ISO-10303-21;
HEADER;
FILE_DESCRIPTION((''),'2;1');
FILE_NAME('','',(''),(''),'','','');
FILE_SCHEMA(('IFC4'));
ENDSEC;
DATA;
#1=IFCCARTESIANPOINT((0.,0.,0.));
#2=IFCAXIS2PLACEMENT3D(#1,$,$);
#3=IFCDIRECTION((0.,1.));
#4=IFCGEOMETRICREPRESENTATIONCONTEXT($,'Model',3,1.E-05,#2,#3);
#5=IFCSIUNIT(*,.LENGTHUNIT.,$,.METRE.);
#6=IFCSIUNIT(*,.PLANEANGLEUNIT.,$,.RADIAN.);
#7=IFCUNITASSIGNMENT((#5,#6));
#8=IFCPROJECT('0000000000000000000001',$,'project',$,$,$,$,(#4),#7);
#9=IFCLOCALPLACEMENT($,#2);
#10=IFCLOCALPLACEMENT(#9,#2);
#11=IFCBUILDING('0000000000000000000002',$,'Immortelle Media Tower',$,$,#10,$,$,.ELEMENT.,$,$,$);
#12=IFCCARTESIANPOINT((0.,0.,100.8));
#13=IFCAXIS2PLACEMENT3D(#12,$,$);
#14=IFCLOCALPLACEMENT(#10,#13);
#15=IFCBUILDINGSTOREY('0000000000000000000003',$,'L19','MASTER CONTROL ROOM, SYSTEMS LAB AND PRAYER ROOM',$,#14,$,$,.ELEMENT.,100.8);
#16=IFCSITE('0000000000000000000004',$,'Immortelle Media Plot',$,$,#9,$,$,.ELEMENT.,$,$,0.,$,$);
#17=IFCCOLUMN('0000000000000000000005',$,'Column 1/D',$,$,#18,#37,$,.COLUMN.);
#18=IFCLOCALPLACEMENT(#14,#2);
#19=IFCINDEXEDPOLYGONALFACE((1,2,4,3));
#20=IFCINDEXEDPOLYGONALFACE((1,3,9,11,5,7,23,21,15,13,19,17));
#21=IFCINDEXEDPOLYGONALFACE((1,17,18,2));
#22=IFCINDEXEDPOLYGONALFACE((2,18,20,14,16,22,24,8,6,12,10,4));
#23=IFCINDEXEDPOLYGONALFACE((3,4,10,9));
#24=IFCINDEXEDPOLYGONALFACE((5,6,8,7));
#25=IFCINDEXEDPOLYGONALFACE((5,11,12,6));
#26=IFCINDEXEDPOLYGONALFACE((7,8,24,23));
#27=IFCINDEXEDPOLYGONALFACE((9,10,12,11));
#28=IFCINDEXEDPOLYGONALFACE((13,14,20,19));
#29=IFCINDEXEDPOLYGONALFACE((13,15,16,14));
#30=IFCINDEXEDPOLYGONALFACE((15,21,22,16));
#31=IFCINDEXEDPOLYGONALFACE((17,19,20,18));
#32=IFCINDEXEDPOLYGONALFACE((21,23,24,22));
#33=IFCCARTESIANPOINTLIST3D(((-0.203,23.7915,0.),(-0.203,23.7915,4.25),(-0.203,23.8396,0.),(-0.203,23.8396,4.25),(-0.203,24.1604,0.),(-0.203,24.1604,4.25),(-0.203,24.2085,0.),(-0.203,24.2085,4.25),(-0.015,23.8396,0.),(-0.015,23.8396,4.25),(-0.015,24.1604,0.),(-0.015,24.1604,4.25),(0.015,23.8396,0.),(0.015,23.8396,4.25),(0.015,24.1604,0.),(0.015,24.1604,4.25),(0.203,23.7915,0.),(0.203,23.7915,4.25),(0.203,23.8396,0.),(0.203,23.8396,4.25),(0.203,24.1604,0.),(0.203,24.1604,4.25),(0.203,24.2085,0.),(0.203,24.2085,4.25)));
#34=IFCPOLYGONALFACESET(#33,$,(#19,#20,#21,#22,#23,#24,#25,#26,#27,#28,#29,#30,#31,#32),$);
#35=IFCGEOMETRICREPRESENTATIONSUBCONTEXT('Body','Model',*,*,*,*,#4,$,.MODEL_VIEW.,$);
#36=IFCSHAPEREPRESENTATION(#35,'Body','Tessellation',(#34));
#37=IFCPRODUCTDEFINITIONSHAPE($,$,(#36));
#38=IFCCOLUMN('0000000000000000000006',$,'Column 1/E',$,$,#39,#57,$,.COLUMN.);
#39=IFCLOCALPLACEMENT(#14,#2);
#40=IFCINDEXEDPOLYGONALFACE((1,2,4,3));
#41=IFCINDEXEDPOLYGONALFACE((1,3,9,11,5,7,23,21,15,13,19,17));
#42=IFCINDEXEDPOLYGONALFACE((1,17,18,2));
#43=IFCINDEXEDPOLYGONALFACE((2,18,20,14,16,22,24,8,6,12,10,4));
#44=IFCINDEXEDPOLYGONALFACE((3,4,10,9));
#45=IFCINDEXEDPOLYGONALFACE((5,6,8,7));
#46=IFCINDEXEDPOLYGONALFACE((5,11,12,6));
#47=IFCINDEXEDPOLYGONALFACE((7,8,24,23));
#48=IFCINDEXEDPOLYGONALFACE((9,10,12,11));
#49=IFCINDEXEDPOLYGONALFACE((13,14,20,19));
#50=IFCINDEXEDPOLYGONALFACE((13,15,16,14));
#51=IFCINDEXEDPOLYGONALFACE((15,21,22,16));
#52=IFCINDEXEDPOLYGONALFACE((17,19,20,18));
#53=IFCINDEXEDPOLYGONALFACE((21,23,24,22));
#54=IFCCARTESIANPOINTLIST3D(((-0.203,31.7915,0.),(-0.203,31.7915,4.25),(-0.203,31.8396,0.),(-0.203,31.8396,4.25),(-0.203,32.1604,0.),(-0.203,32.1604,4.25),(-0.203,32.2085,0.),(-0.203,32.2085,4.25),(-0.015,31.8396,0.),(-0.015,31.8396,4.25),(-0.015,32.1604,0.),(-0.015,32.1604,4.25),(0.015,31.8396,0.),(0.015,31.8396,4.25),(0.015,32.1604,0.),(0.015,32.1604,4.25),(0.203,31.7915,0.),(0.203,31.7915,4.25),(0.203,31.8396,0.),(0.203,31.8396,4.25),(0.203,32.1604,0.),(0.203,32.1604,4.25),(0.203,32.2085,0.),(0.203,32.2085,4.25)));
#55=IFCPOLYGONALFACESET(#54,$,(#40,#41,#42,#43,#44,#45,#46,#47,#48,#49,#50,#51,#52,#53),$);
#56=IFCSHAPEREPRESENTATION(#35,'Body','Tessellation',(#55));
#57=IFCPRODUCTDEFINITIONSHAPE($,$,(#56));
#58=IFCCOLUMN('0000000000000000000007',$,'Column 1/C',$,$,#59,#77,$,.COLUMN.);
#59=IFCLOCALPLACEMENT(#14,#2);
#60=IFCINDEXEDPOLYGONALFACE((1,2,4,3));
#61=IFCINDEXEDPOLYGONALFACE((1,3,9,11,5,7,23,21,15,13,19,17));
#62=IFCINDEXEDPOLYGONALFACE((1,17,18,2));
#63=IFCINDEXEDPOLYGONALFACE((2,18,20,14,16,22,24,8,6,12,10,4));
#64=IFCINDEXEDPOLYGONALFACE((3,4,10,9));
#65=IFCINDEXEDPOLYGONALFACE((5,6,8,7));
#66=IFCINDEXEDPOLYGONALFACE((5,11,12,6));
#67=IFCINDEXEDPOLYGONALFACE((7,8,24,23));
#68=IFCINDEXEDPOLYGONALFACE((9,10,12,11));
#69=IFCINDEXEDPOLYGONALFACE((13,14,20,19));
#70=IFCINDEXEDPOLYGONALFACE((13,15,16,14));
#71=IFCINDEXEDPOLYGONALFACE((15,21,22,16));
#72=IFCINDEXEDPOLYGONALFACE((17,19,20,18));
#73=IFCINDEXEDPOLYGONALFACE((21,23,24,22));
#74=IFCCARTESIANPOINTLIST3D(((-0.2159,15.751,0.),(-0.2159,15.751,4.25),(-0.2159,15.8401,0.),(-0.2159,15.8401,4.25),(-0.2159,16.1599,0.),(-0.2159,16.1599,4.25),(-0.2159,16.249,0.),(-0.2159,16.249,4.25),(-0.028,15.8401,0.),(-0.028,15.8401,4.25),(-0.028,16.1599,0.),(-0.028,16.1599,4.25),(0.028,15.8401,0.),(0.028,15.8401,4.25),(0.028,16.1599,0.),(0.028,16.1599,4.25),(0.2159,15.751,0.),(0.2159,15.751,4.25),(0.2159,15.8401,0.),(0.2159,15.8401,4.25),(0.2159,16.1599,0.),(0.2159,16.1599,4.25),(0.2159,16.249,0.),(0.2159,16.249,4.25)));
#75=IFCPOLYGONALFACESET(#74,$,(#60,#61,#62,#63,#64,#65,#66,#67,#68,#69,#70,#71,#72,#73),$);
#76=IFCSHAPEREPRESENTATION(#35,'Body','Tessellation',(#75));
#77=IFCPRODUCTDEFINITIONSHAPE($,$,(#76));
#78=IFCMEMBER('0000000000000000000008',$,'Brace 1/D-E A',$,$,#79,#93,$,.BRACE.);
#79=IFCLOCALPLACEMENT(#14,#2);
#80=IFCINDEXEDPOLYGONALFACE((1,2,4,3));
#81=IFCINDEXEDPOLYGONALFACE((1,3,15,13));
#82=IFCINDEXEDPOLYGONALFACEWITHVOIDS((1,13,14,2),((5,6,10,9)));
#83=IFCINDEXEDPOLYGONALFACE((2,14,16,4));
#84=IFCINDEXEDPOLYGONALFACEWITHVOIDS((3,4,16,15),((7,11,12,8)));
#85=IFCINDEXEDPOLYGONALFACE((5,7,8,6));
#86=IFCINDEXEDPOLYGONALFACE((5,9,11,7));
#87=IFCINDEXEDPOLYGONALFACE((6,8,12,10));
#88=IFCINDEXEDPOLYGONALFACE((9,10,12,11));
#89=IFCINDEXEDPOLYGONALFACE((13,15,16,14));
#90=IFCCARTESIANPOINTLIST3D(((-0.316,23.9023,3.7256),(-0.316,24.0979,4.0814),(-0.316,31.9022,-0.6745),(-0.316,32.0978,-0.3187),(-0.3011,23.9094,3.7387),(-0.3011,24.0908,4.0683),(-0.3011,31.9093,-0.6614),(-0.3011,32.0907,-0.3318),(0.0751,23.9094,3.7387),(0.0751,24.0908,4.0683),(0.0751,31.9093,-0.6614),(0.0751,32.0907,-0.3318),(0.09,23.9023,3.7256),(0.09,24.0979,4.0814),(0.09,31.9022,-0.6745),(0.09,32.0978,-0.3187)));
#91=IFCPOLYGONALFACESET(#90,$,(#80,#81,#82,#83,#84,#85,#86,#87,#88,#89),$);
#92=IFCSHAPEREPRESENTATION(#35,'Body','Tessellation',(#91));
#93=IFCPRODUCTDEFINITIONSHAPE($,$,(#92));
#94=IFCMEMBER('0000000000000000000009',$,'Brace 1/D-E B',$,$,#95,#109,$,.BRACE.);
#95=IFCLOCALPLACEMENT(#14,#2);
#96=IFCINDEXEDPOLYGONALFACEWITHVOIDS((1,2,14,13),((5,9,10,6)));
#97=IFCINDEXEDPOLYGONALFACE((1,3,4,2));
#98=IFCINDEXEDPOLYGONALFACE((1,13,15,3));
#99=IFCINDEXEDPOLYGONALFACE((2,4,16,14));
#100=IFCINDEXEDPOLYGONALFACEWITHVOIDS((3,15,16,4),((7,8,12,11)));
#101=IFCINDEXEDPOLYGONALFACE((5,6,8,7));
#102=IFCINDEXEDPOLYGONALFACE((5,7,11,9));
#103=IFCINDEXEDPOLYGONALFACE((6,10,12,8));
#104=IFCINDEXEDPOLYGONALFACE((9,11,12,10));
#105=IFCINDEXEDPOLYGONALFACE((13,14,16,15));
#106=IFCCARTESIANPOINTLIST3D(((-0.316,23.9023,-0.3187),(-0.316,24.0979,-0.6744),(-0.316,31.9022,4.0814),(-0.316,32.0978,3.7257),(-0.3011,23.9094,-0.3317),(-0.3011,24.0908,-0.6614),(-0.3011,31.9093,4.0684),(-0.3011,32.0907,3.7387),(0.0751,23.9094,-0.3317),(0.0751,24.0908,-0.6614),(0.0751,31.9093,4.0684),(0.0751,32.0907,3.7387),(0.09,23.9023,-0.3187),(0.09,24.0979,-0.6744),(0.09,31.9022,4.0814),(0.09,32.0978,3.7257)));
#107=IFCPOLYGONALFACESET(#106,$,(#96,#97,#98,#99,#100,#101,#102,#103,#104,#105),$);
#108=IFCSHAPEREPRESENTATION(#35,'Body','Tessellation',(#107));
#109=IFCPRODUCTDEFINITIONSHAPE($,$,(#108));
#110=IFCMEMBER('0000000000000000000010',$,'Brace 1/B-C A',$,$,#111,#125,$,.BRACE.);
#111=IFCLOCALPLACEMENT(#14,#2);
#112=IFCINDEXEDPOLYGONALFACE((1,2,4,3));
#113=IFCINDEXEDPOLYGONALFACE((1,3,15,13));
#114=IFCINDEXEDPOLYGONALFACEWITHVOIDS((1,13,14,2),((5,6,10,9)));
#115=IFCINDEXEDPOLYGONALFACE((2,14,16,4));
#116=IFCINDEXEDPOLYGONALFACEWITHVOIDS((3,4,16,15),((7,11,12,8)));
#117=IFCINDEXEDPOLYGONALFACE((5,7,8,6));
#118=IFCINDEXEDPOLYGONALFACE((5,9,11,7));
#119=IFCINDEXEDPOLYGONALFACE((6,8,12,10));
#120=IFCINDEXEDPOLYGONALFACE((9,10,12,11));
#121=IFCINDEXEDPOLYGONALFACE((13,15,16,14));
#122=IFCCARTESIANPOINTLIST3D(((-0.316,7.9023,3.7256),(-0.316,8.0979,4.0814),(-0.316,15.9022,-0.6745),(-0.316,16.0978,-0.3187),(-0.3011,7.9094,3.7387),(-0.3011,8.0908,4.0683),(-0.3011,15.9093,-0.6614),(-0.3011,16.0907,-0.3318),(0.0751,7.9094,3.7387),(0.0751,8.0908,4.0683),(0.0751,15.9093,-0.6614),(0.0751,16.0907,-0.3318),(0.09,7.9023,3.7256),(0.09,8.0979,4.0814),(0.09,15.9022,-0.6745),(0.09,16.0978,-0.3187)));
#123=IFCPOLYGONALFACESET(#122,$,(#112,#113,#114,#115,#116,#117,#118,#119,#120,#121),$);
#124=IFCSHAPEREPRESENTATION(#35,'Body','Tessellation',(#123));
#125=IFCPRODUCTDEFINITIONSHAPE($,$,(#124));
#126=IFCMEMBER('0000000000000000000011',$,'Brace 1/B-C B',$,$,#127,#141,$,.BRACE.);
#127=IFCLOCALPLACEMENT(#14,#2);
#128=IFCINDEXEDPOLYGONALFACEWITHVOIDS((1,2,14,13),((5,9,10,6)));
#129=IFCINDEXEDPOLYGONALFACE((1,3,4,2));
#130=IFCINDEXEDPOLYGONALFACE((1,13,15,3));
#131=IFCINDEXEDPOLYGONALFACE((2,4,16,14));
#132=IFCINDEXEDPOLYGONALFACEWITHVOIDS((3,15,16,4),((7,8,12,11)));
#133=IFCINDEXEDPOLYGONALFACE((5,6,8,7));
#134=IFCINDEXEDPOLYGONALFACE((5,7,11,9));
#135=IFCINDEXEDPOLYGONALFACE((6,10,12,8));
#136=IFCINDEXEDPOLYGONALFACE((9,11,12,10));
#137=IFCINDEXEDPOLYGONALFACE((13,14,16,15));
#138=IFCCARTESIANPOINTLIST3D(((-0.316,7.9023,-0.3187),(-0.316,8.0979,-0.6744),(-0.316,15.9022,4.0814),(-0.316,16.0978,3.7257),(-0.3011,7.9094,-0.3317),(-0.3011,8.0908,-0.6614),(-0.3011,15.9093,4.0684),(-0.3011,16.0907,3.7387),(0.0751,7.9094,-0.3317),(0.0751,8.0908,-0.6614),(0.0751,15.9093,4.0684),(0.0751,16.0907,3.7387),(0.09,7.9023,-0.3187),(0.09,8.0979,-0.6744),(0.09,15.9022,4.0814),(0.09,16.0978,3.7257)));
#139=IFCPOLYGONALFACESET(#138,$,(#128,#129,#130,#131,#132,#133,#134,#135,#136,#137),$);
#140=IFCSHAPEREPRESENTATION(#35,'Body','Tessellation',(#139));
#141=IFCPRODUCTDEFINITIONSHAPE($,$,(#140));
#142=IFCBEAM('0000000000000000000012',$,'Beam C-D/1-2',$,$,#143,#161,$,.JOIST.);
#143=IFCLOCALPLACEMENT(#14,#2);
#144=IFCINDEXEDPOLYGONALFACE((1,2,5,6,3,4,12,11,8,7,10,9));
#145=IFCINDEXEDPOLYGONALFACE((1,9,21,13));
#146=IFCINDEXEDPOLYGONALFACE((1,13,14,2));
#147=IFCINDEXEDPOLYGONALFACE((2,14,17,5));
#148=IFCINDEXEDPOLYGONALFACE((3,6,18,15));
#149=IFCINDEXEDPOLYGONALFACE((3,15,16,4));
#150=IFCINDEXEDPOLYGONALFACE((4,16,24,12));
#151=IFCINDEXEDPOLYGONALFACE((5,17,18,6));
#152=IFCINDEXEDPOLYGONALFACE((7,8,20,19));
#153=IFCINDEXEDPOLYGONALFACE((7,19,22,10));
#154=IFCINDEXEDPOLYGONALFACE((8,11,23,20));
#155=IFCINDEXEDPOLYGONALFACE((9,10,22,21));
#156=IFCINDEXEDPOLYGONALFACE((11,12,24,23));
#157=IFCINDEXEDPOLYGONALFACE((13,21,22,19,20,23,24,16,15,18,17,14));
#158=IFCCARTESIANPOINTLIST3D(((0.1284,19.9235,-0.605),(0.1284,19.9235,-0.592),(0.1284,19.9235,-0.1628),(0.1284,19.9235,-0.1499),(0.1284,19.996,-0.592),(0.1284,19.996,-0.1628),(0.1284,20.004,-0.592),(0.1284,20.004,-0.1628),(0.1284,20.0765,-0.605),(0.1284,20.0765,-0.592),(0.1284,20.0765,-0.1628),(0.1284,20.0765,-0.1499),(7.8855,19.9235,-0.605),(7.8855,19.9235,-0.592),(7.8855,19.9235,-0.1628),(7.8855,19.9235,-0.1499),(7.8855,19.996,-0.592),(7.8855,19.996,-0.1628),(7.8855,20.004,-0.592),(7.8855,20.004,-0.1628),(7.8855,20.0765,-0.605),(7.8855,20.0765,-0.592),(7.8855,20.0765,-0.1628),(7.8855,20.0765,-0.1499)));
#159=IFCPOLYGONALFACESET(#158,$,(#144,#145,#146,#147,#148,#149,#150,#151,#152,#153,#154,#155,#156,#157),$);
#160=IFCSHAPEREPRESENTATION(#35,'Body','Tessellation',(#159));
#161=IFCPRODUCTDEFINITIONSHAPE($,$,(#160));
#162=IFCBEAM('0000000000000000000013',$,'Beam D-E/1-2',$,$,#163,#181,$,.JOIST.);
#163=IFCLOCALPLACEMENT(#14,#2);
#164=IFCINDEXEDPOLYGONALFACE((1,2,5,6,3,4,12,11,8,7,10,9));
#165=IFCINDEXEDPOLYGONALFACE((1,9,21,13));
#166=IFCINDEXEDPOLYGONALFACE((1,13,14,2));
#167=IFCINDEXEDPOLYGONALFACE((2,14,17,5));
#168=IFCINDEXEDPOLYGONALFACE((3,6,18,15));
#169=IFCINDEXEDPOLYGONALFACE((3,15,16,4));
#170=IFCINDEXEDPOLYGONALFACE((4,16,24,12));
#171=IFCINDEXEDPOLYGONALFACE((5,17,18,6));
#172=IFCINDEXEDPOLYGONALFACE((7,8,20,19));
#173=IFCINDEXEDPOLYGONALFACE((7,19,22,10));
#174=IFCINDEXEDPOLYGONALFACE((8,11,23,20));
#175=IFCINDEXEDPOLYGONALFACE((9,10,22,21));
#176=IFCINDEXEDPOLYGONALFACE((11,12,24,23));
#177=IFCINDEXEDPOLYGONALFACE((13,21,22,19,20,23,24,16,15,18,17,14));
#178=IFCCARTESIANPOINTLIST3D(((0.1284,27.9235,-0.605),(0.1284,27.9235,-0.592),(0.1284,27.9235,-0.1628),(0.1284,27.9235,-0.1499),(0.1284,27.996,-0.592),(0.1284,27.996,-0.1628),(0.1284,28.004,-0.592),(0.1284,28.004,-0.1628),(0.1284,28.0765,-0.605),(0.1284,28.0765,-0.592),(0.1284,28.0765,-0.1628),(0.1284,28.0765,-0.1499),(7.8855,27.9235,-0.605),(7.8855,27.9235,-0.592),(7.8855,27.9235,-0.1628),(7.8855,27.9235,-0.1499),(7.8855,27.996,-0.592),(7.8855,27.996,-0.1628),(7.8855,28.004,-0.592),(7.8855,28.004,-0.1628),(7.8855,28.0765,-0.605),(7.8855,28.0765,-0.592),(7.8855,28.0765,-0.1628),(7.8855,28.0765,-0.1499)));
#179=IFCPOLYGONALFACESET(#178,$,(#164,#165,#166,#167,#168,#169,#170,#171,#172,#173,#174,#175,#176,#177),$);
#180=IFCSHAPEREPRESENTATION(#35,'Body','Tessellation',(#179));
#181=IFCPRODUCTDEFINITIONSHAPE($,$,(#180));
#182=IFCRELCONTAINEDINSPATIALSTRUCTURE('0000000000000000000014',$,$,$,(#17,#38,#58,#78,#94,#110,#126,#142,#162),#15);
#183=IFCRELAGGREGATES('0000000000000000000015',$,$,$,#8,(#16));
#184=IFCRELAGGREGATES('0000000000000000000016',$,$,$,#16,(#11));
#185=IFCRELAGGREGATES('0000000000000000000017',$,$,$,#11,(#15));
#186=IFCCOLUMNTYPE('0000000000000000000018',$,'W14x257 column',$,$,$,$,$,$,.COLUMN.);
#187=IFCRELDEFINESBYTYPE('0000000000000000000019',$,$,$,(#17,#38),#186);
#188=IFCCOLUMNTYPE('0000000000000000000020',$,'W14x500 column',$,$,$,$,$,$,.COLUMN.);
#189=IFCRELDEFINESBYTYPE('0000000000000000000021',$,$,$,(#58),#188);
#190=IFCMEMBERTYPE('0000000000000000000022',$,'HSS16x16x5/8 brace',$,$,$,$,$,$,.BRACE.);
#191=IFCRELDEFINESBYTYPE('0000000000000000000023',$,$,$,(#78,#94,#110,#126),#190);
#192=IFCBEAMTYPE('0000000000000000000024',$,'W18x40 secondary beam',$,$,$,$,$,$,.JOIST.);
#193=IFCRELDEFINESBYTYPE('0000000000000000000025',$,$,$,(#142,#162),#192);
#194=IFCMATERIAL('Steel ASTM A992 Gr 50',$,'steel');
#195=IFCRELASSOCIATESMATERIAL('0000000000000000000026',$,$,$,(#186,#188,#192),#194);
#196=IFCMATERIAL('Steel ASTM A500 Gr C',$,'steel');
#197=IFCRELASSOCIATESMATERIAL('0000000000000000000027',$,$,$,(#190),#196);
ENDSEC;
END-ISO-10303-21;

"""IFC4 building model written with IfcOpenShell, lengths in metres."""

from ifc_helpers import new_model, si_unit, direction, frame, origin, origin_2d, place, context, subcontext, project, spatial, hollow_rectangle, i_section, extrude, material, material_profile, profile_set, type_object, element, save


model = new_model("IFC4")

# Units and contexts
model_context = context("Model", 3, precision=1e-05, world=origin(), true_north=direction((0.0, 1.0)))
body_context = subcontext(model_context, "Body", "Model", "MODEL_VIEW")
ifc_project = project(units=[si_unit("LENGTHUNIT", "METRE"), si_unit("PLANEANGLEUNIT", "RADIAN")], contexts=[model_context])

# Site, building, storey
site_placement = place(None, origin())
site = spatial("IfcSite", under=ifc_project, at=site_placement, Name="Immortelle Media Plot", CompositionType="ELEMENT", RefElevation=0.0)
building_placement = place(site_placement, origin())
building = spatial("IfcBuilding", under=site, at=building_placement, Name="Immortelle Media Tower", CompositionType="ELEMENT")
storey_placement = place(building_placement, frame((0.0, 0.0, 100.8)))
storey = spatial("IfcBuildingStorey", under=building, at=storey_placement, Name="L19", Description="MASTER CONTROL ROOM, SYSTEMS LAB AND PRAYER ROOM", CompositionType="ELEMENT", Elevation=100.8)

# Columns
ifc_material_1 = material(Name="Steel ASTM A992 Gr 50", Category="steel")
ifc_material_profile_1 = material_profile(ifc_material_1, i_section(OverallWidth=0.406, OverallDepth=0.417, WebThickness=0.03, FlangeThickness=0.0481, at=origin_2d()), Name="W14x257")
ifc_profile_set_1 = profile_set([ifc_material_profile_1], Name="Steel ASTM A992 Gr 50")
column_type_1 = type_object("IfcColumnType", Name="W14x257 column", PredefinedType="COLUMN", material=ifc_profile_set_1)
for number, where, z_axis, x_axis, name in (
    (1, (0.0, 24.0, 0.0), (0.0, 0.0, 1.0), (1.0, 0.0, 0.0), "Column 1/D"),
    (2, (0.0, 32.0, 0.0), (0.0, 0.0, 1.0), (1.0, 0.0, 0.0), "Column 1/E"),
):
    element("IfcColumn", number, at=place(storey_placement, frame(where, z_axis=z_axis, x_axis=x_axis)), inside=storey, type_object=column_type_1, Name=name, PredefinedType="COLUMN", context=body_context, shape_type="SweptSolid", body=[
        extrude(i_section(OverallWidth=0.406, OverallDepth=0.417, WebThickness=0.03, FlangeThickness=0.0481, at=origin_2d()), origin(), (0.0, 0.0, 1.0), 4.25),
    ])
ifc_material_profile_2 = material_profile(ifc_material_1, i_section(OverallWidth=0.4319, OverallDepth=0.498, WebThickness=0.0559, FlangeThickness=0.0891, at=origin_2d()), Name="W14x500")
ifc_profile_set_2 = profile_set([ifc_material_profile_2], Name="Steel ASTM A992 Gr 50")
column_type_2 = type_object("IfcColumnType", Name="W14x500 column", PredefinedType="COLUMN", material=ifc_profile_set_2)
column_placement = place(storey_placement, frame((0.0, 16.0, 0.0), z_axis=(0.0, 0.0, 1.0), x_axis=(1.0, 0.0, 0.0)))
element("IfcColumn", 3, at=column_placement, inside=storey, type_object=column_type_2, Name="Column 1/C", PredefinedType="COLUMN", context=body_context, shape_type="SweptSolid", body=[
    extrude(i_section(OverallWidth=0.4319, OverallDepth=0.498, WebThickness=0.0559, FlangeThickness=0.0891, at=origin_2d()), origin(), (0.0, 0.0, 1.0), 4.25),
])

# Members
ifc_material_2 = material(Name="Steel ASTM A500 Gr C", Category="steel")
ifc_material_profile_3 = material_profile(ifc_material_2, hollow_rectangle(XDim=0.406, YDim=0.406, WallThickness=0.0149, at=origin_2d()), Name="HSS16x16x5/8 brace")
ifc_profile_set_3 = profile_set([ifc_material_profile_3], Name="Steel ASTM A500 Gr C")
member_type = type_object("IfcMemberType", Name="HSS16x16x5/8 brace", PredefinedType="BRACE", material=ifc_profile_set_3)
for number, where, z_axis, x_axis, name in (
    (4, (-0.113, 32.0, -0.4966), (0.0, -0.876209, 0.481931), (1.0, 0.0, 0.0), "Brace 1/D-E A"),
    (5, (-0.113, 32.0, 3.9036), (0.0, -0.876209, -0.481931), (1.0, 0.0, 0.0), "Brace 1/D-E B"),
    (6, (-0.113, 16.0, -0.4966), (0.0, -0.876209, 0.481931), (1.0, 0.0, 0.0), "Brace 1/B-C A"),
    (7, (-0.113, 16.0, 3.9036), (0.0, -0.876209, -0.481931), (1.0, 0.0, 0.0), "Brace 1/B-C B"),
):
    element("IfcMember", number, at=place(storey_placement, frame(where, z_axis=z_axis, x_axis=x_axis)), inside=storey, type_object=member_type, Name=name, PredefinedType="BRACE", context=body_context, shape_type="SweptSolid", body=[
        extrude(hollow_rectangle(XDim=0.406, YDim=0.406, WallThickness=0.0149, at=origin_2d()), origin(), (0.0, 0.0, 1.0), 9.1301),
    ])

# Beams
ifc_material_profile_4 = material_profile(ifc_material_1, i_section(OverallWidth=0.1531, OverallDepth=0.4551, WebThickness=0.0081, FlangeThickness=0.0129, at=origin_2d()), Name="W18x40")
ifc_profile_set_4 = profile_set([ifc_material_profile_4], Name="Steel ASTM A992 Gr 50")
beam_type_1 = type_object("IfcBeamType", Name="W18x40 secondary beam", PredefinedType="JOIST", material=ifc_profile_set_4)
for number, where, z_axis, x_axis, name in (
    (8, (0.1284, 20.0, -0.3774), (1.0, 0.0, 0.0), (0.0, 1.0, 0.0), "Beam C-D/1-2"),
    (9, (0.1284, 28.0, -0.3774), (1.0, 0.0, 0.0), (0.0, 1.0, 0.0), "Beam D-E/1-2"),
):
    element("IfcBeam", number, at=place(storey_placement, frame(where, z_axis=z_axis, x_axis=x_axis)), inside=storey, type_object=beam_type_1, Name=name, PredefinedType="JOIST", context=body_context, shape_type="SweptSolid", body=[
        extrude(i_section(OverallWidth=0.1531, OverallDepth=0.4551, WebThickness=0.0081, FlangeThickness=0.0129, at=origin_2d()), origin(), (0.0, 0.0, 1.0), 7.7571),
    ])

save(model, "model.ifc")
